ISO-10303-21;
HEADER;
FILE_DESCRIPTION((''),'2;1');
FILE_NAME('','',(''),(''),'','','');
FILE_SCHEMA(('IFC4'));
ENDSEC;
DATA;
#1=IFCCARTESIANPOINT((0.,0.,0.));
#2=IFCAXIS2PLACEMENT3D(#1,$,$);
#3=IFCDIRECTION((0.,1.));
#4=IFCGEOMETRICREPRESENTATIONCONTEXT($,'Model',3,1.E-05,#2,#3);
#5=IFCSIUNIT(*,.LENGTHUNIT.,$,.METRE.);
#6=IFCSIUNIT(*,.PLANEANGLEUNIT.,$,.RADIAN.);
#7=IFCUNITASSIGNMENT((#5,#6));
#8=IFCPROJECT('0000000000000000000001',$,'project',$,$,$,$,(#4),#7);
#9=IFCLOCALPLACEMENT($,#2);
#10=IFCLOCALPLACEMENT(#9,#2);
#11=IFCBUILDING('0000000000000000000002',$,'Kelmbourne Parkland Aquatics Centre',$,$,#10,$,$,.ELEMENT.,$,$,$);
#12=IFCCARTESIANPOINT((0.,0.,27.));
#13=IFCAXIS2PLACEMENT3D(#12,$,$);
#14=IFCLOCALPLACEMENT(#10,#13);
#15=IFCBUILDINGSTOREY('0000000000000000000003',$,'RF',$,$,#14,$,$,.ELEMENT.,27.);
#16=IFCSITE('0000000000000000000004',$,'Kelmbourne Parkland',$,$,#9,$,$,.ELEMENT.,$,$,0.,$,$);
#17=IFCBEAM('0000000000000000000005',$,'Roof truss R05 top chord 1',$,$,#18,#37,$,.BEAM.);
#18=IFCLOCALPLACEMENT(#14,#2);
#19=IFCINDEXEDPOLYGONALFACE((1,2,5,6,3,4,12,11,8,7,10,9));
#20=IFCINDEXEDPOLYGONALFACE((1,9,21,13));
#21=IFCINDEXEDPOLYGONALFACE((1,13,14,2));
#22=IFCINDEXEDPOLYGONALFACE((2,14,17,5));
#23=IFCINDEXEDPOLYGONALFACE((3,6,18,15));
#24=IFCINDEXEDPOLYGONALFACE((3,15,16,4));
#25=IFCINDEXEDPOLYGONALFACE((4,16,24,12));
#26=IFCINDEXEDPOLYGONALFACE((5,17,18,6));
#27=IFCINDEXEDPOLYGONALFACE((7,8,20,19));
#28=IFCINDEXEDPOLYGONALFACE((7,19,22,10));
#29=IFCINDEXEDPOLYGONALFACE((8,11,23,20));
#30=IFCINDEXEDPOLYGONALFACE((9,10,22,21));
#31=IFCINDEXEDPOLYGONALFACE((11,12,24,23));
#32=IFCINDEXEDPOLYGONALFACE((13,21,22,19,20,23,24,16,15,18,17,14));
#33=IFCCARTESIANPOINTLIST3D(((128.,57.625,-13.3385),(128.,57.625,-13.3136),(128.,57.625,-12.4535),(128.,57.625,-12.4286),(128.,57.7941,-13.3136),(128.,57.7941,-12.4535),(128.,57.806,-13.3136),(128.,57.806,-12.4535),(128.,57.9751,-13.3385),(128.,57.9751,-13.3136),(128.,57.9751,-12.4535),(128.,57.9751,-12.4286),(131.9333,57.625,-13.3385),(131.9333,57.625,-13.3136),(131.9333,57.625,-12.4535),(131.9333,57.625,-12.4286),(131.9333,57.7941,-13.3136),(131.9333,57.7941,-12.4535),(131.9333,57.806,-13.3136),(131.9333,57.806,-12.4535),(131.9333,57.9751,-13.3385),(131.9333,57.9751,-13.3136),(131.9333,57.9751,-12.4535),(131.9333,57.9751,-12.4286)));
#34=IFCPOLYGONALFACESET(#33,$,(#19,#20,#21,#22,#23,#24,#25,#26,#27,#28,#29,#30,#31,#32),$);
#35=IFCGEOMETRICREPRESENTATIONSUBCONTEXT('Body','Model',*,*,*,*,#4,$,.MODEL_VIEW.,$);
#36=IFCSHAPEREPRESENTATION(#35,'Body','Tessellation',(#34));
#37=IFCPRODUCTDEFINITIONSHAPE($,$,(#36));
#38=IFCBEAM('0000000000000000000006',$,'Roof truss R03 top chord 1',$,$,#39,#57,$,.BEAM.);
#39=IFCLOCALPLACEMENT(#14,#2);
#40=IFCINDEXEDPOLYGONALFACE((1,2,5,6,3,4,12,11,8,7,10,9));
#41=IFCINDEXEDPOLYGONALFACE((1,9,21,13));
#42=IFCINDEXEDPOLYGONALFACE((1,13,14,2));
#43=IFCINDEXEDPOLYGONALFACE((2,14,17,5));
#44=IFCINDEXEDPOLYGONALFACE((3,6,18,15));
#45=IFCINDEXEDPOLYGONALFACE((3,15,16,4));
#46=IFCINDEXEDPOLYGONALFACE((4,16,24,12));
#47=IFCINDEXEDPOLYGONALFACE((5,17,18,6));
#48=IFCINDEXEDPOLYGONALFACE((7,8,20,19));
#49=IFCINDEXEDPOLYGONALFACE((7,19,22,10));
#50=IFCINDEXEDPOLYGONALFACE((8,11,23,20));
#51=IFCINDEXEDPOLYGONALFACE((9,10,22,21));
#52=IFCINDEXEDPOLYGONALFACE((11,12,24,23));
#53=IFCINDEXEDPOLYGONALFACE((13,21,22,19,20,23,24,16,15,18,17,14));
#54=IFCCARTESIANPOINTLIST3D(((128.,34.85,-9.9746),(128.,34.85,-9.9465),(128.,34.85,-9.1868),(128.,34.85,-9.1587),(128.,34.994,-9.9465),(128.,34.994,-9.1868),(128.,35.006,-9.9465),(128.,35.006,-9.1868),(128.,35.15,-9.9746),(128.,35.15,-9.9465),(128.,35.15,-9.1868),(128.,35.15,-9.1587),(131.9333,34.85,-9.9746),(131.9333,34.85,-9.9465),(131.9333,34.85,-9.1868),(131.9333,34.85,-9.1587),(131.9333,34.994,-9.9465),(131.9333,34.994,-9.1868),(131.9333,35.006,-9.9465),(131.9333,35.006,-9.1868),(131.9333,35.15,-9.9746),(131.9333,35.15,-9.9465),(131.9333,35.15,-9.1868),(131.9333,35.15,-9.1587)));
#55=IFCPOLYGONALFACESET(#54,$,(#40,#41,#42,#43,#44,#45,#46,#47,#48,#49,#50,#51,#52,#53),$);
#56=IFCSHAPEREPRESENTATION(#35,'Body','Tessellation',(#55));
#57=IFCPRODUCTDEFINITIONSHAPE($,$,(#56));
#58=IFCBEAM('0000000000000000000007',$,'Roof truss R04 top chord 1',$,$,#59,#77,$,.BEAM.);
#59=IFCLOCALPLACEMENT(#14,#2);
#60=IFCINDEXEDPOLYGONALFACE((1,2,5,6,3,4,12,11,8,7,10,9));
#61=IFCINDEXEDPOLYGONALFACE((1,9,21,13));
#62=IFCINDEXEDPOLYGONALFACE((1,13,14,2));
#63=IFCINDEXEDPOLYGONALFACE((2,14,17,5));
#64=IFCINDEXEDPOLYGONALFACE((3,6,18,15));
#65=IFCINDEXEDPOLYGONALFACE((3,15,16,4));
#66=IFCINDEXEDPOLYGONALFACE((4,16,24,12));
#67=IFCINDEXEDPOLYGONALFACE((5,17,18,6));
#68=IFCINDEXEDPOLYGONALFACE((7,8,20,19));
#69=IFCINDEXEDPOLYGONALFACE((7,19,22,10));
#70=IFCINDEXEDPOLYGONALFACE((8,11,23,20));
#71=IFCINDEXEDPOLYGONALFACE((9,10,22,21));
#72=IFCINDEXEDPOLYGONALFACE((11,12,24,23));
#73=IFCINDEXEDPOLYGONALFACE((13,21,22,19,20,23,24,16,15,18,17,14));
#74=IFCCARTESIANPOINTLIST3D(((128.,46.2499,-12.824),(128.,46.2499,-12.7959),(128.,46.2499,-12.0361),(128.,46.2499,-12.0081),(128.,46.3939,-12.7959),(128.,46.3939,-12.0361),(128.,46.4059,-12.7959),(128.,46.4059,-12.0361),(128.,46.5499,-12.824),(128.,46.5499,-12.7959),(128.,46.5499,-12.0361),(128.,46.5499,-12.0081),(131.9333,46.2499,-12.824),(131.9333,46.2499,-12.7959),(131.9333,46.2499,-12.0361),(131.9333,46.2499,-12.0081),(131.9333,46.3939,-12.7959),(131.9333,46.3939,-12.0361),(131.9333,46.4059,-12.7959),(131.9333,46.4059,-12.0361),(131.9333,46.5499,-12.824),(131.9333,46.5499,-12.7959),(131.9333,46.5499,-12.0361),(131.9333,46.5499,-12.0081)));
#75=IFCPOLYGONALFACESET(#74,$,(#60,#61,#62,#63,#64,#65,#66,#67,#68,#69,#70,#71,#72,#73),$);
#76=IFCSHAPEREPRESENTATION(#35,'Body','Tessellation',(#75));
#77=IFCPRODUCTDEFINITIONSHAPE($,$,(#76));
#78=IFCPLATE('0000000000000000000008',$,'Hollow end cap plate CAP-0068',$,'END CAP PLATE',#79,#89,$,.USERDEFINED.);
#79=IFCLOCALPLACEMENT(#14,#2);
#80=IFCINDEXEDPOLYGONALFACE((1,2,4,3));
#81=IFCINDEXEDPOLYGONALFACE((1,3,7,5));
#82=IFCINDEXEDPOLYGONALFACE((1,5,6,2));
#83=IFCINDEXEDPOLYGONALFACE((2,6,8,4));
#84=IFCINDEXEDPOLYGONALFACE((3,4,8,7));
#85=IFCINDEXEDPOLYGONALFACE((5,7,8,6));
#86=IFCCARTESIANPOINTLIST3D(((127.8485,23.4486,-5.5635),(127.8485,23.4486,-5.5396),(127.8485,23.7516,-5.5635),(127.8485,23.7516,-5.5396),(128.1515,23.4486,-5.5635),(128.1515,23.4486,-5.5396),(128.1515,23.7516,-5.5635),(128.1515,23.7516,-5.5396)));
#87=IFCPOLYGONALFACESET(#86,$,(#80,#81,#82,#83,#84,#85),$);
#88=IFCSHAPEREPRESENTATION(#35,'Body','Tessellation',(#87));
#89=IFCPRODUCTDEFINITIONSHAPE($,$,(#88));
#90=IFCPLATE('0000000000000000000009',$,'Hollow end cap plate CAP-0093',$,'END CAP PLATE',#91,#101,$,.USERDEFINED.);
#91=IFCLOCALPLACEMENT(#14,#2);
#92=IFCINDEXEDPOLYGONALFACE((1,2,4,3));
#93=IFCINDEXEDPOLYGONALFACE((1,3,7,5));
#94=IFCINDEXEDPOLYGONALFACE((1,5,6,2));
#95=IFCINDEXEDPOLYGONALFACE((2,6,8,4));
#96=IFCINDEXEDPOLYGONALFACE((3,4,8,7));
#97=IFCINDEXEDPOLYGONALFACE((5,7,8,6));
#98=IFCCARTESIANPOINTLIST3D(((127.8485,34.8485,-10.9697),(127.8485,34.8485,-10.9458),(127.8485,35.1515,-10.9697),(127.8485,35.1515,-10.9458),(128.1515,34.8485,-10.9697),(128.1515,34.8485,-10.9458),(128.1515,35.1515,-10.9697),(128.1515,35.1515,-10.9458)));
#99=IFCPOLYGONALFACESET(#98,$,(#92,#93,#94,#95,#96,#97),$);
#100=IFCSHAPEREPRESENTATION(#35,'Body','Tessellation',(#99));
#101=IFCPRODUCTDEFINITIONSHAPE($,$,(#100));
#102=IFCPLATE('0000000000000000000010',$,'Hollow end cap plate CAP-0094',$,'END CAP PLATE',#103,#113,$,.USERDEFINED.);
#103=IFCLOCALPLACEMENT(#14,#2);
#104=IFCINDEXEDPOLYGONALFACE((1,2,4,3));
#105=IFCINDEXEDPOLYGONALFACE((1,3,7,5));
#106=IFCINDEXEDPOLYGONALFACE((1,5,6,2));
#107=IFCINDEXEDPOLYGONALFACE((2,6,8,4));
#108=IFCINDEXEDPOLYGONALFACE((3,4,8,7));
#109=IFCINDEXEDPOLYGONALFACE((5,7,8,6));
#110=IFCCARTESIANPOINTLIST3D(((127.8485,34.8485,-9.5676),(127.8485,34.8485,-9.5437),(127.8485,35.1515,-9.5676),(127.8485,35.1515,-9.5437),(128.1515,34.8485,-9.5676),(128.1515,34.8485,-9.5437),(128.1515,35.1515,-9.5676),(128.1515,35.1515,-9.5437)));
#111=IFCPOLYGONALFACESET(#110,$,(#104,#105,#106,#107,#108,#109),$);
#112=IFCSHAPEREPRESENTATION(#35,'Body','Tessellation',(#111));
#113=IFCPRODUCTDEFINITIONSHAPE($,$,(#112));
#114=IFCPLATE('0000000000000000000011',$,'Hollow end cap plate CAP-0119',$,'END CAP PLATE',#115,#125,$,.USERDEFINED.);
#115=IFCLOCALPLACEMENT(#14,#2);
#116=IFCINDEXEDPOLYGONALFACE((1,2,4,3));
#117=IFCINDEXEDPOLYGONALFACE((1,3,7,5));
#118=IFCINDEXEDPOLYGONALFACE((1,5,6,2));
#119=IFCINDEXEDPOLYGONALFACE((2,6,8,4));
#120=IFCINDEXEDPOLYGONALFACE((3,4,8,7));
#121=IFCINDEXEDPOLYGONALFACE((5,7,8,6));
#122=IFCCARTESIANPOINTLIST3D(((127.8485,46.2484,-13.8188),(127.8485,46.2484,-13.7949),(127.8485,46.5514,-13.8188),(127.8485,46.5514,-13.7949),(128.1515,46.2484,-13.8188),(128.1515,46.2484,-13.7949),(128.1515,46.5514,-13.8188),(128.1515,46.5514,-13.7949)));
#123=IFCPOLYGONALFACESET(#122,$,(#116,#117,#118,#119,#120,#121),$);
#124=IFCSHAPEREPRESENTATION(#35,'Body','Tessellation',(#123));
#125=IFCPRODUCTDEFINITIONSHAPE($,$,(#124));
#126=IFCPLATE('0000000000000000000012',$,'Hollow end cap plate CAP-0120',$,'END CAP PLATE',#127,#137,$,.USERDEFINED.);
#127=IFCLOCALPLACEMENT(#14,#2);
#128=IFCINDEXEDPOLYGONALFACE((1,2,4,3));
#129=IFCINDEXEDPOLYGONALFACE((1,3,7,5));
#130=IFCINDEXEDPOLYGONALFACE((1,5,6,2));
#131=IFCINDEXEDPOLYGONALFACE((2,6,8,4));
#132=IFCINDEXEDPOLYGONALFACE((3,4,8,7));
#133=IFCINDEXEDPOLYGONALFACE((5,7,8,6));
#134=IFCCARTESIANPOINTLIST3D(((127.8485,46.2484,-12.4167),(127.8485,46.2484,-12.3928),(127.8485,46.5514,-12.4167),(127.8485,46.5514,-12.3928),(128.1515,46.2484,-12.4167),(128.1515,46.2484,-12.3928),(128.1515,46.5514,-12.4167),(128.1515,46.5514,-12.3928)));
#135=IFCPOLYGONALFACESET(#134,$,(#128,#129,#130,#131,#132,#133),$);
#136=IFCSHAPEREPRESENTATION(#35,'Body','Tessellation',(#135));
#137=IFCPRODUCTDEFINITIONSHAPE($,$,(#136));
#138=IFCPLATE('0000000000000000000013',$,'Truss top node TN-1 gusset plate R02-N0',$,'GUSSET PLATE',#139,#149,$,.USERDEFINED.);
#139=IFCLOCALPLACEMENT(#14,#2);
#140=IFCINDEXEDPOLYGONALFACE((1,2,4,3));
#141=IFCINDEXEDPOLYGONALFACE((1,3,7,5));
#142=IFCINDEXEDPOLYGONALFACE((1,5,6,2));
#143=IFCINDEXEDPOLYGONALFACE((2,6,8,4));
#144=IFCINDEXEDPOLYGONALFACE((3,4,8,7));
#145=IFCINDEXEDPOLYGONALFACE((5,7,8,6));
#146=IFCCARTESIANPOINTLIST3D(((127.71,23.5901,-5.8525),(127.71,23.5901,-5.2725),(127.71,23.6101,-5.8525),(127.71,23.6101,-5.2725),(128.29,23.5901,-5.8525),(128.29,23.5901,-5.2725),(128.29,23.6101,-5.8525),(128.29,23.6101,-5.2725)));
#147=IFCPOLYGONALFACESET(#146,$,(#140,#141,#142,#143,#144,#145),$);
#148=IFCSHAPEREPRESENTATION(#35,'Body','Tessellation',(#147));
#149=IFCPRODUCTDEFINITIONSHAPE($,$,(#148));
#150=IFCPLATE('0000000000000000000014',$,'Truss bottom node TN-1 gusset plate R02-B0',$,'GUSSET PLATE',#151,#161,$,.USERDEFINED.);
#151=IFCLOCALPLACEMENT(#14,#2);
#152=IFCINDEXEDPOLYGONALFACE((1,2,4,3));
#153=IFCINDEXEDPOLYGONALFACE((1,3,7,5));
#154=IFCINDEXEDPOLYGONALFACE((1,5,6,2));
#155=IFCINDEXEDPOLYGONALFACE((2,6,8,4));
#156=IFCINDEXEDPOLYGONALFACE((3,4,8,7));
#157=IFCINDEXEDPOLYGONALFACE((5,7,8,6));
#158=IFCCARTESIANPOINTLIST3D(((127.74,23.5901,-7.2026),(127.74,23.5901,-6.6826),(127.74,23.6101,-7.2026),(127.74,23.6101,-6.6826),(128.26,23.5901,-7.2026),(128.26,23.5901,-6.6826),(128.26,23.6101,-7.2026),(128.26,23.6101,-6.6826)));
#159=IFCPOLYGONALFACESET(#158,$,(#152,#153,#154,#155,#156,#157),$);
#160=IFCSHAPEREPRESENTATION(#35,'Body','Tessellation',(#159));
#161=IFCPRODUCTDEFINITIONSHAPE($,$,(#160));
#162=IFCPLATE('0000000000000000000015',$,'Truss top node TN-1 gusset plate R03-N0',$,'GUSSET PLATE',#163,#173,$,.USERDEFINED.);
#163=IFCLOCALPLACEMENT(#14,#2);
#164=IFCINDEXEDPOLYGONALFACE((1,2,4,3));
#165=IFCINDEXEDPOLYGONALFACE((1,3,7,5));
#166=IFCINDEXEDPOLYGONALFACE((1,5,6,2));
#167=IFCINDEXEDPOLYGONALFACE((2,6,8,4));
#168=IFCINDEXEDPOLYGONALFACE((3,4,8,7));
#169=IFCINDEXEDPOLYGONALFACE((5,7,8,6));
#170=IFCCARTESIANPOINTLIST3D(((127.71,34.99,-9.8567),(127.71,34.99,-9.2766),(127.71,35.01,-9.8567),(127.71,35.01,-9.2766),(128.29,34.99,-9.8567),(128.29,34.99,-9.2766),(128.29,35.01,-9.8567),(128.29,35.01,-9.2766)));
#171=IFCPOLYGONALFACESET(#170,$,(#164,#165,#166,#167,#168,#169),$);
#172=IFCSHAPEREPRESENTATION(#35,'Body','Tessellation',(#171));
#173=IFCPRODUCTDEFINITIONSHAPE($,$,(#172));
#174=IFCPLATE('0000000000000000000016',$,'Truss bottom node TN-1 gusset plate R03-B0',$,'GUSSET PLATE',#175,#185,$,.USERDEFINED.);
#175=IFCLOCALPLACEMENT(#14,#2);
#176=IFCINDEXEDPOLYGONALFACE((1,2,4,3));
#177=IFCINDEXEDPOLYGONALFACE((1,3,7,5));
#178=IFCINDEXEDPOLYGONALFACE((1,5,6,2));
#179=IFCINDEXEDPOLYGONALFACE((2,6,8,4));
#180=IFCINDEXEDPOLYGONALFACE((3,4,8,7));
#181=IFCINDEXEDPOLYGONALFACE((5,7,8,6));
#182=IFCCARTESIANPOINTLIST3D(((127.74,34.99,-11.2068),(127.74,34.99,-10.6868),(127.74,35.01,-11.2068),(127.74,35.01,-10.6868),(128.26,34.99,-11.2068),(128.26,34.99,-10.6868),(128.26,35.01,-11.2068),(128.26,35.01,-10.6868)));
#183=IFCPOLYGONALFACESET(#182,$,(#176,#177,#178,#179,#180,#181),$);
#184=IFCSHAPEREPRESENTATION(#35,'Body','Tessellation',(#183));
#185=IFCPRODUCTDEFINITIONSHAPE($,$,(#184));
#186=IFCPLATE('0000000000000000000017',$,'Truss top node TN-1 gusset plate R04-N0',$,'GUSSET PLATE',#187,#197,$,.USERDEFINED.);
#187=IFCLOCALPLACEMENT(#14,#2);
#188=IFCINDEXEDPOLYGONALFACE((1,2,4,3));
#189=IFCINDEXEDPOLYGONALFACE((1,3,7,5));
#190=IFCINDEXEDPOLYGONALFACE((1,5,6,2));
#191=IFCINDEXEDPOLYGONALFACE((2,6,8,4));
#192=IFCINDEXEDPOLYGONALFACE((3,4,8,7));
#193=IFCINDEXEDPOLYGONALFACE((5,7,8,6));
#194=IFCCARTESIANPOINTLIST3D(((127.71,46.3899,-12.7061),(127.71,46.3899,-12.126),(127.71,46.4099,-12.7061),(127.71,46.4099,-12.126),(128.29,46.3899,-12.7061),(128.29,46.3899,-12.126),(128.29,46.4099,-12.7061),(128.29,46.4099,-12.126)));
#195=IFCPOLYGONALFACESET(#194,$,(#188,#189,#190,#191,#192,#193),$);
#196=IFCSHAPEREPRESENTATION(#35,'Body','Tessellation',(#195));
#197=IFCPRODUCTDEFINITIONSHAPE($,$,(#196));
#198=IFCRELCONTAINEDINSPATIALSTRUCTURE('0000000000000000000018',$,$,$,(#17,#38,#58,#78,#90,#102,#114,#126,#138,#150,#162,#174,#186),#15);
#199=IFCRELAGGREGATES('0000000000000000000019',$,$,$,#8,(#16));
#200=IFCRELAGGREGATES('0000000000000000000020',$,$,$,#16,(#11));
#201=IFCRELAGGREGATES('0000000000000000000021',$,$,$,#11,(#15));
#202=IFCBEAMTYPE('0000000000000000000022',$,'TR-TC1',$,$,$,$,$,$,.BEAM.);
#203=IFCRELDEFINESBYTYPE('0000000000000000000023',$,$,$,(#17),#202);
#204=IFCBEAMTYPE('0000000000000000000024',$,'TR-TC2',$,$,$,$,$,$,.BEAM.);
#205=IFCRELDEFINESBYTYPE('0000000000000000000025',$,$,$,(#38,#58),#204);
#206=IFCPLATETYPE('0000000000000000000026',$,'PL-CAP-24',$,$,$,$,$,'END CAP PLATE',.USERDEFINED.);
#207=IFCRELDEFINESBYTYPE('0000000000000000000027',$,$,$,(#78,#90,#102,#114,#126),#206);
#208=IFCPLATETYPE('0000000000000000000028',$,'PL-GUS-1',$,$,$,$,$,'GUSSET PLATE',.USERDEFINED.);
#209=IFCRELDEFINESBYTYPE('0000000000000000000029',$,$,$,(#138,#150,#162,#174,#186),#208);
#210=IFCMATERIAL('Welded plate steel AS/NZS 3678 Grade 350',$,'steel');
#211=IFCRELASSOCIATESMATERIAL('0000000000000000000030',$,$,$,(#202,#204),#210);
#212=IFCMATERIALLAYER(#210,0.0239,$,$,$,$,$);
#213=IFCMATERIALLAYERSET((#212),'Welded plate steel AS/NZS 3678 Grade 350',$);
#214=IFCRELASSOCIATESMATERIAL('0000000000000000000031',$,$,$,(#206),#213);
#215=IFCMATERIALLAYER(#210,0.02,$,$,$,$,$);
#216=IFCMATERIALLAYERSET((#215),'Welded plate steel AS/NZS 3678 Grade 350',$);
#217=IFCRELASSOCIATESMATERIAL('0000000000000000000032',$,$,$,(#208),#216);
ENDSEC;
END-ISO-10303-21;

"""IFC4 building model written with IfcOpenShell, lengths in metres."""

from ifc_helpers import new_model, si_unit, direction, frame, origin, origin_2d, place, context, subcontext, project, spatial, rectangle, i_section, extrude, material, layer, layer_set, material_profile, profile_set, type_object, element, save


model = new_model("IFC4")

# Units and contexts
model_context = context("Model", 3, precision=1e-05, world=origin(), true_north=direction((0.0, 1.0)))
body_context = subcontext(model_context, "Body", "Model", "MODEL_VIEW")
ifc_project = project(units=[si_unit("LENGTHUNIT", "METRE"), si_unit("PLANEANGLEUNIT", "RADIAN")], contexts=[model_context])

# Site, building, storey
site_placement = place(None, origin())
site = spatial("IfcSite", under=ifc_project, at=site_placement, Name="Kelmbourne Parkland", CompositionType="ELEMENT", RefElevation=0.0)
building_placement = place(site_placement, origin())
building = spatial("IfcBuilding", under=site, at=building_placement, Name="Kelmbourne Parkland Aquatics Centre", CompositionType="ELEMENT")
storey_placement = place(building_placement, frame((0.0, 0.0, 27.0)))
storey = spatial("IfcBuildingStorey", under=building, at=storey_placement, Name="RF", CompositionType="ELEMENT", Elevation=27.0)

# Beams
ifc_material_1 = material(Name="Welded plate steel AS/NZS 3678 Grade 350", Category="steel")
ifc_material_profile_1 = material_profile(ifc_material_1, i_section(OverallWidth=0.3501, OverallDepth=0.9099, WebThickness=0.012, FlangeThickness=0.0249, at=origin_2d()), Name="900WB218")
ifc_profile_set_1 = profile_set([ifc_material_profile_1], Name="Welded plate steel AS/NZS 3678 Grade 350")
beam_type_1 = type_object("IfcBeamType", Name="TR-TC1", PredefinedType="BEAM", material=ifc_profile_set_1)
beam_1_placement = place(storey_placement, frame((128.0, 57.8, -12.8835), z_axis=(1.0, 0.0, 0.0), x_axis=(0.0, 1.0, 0.0)))
element("IfcBeam", 1, at=beam_1_placement, inside=storey, type_object=beam_type_1, Name="Roof truss R05 top chord 1", PredefinedType="BEAM", context=body_context, shape_type="SweptSolid", body=[
    extrude(i_section(OverallWidth=0.3501, OverallDepth=0.9099, WebThickness=0.012, FlangeThickness=0.0249, at=origin_2d()), origin(), (0.0, 0.0, 1.0), 3.9333),
])
ifc_material_profile_2 = material_profile(ifc_material_1, i_section(OverallWidth=0.3, OverallDepth=0.8159, WebThickness=0.012, FlangeThickness=0.0281, at=origin_2d()), Name="800WB192")
ifc_profile_set_2 = profile_set([ifc_material_profile_2], Name="Welded plate steel AS/NZS 3678 Grade 350")
beam_type_2 = type_object("IfcBeamType", Name="TR-TC2", PredefinedType="BEAM", material=ifc_profile_set_2)
for number, where, z_axis, x_axis, name in (
    (2, (128.0, 35.0, -9.5667), (1.0, 0.0, 0.0), (0.0, 1.0, 0.0), "Roof truss R03 top chord 1"),
    (3, (128.0, 46.3999, -12.416), (1.0, 0.0, 0.0), (0.0, 1.0, 0.0), "Roof truss R04 top chord 1"),
):
    element("IfcBeam", number, at=place(storey_placement, frame(where, z_axis=z_axis, x_axis=x_axis)), inside=storey, type_object=beam_type_2, Name=name, PredefinedType="BEAM", context=body_context, shape_type="SweptSolid", body=[
        extrude(i_section(OverallWidth=0.3, OverallDepth=0.8159, WebThickness=0.012, FlangeThickness=0.0281, at=origin_2d()), origin(), (0.0, 0.0, 1.0), 3.9333),
    ])

# Plates
ifc_layer_1 = layer(ifc_material_1, 0.0239)
ifc_layer_set_1 = layer_set([ifc_layer_1], Name="Welded plate steel AS/NZS 3678 Grade 350")
plate_type_1 = type_object("IfcPlateType", Name="PL-CAP-24", ElementType="END CAP PLATE", PredefinedType="USERDEFINED", material=ifc_layer_set_1)
for number, where, z_axis, x_axis, name in (
    (4, (128.0, 23.6001, -5.5635), (0.0, 0.0, 1.0), (1.0, 0.0, 0.0), "Hollow end cap plate CAP-0068"),
    (5, (128.0, 35.0, -10.9697), (0.0, 0.0, 1.0), (1.0, 0.0, 0.0), "Hollow end cap plate CAP-0093"),
    (6, (128.0, 35.0, -9.5676), (0.0, 0.0, 1.0), (1.0, 0.0, 0.0), "Hollow end cap plate CAP-0094"),
    (7, (128.0, 46.3999, -13.8188), (0.0, 0.0, 1.0), (1.0, 0.0, 0.0), "Hollow end cap plate CAP-0119"),
    (8, (128.0, 46.3999, -12.4167), (0.0, 0.0, 1.0), (1.0, 0.0, 0.0), "Hollow end cap plate CAP-0120"),
):
    element("IfcPlate", number, at=place(storey_placement, frame(where, z_axis=z_axis, x_axis=x_axis)), inside=storey, type_object=plate_type_1, Name=name, ObjectType="END CAP PLATE", PredefinedType="USERDEFINED", context=body_context, shape_type="SweptSolid", body=[
        extrude(rectangle(XDim=0.303, YDim=0.303, at=origin_2d()), origin(), (0.0, 0.0, 1.0), 0.0239),
    ])
ifc_layer_2 = layer(ifc_material_1, 0.02)
ifc_layer_set_2 = layer_set([ifc_layer_2], Name="Welded plate steel AS/NZS 3678 Grade 350")
plate_type_2 = type_object("IfcPlateType", Name="PL-GUS-1", ElementType="GUSSET PLATE", PredefinedType="USERDEFINED", material=ifc_layer_set_2)
plate_1_placement = place(storey_placement, frame((128.0, 23.6001, -5.8525), z_axis=(0.0, 0.0, 1.0), x_axis=(1.0, 0.0, 0.0)))
element("IfcPlate", 9, at=plate_1_placement, inside=storey, type_object=plate_type_2, Name="Truss top node TN-1 gusset plate R02-N0", ObjectType="GUSSET PLATE", PredefinedType="USERDEFINED", context=body_context, shape_type="SweptSolid", body=[
    extrude(rectangle(XDim=0.5801, YDim=0.02, at=origin_2d()), origin(), (0.0, 0.0, 1.0), 0.5801),
])
plate_2_placement = place(storey_placement, frame((128.0, 23.6001, -7.2026), z_axis=(0.0, 0.0, 1.0), x_axis=(1.0, 0.0, 0.0)))
element("IfcPlate", 10, at=plate_2_placement, inside=storey, type_object=plate_type_2, Name="Truss bottom node TN-1 gusset plate R02-B0", ObjectType="GUSSET PLATE", PredefinedType="USERDEFINED", context=body_context, shape_type="SweptSolid", body=[
    extrude(rectangle(XDim=0.52, YDim=0.02, at=origin_2d()), origin(), (0.0, 0.0, 1.0), 0.52),
])
plate_3_placement = place(storey_placement, frame((128.0, 35.0, -9.8567), z_axis=(0.0, 0.0, 1.0), x_axis=(1.0, 0.0, 0.0)))
element("IfcPlate", 11, at=plate_3_placement, inside=storey, type_object=plate_type_2, Name="Truss top node TN-1 gusset plate R03-N0", ObjectType="GUSSET PLATE", PredefinedType="USERDEFINED", context=body_context, shape_type="SweptSolid", body=[
    extrude(rectangle(XDim=0.5801, YDim=0.02, at=origin_2d()), origin(), (0.0, 0.0, 1.0), 0.5801),
])
plate_4_placement = place(storey_placement, frame((128.0, 35.0, -11.2068), z_axis=(0.0, 0.0, 1.0), x_axis=(1.0, 0.0, 0.0)))
element("IfcPlate", 12, at=plate_4_placement, inside=storey, type_object=plate_type_2, Name="Truss bottom node TN-1 gusset plate R03-B0", ObjectType="GUSSET PLATE", PredefinedType="USERDEFINED", context=body_context, shape_type="SweptSolid", body=[
    extrude(rectangle(XDim=0.52, YDim=0.02, at=origin_2d()), origin(), (0.0, 0.0, 1.0), 0.52),
])
plate_5_placement = place(storey_placement, frame((128.0, 46.3999, -12.7061), z_axis=(0.0, 0.0, 1.0), x_axis=(1.0, 0.0, 0.0)))
element("IfcPlate", 13, at=plate_5_placement, inside=storey, type_object=plate_type_2, Name="Truss top node TN-1 gusset plate R04-N0", ObjectType="GUSSET PLATE", PredefinedType="USERDEFINED", context=body_context, shape_type="SweptSolid", body=[
    extrude(rectangle(XDim=0.5801, YDim=0.02, at=origin_2d()), origin(), (0.0, 0.0, 1.0), 0.5801),
])

save(model, "model.ifc")
